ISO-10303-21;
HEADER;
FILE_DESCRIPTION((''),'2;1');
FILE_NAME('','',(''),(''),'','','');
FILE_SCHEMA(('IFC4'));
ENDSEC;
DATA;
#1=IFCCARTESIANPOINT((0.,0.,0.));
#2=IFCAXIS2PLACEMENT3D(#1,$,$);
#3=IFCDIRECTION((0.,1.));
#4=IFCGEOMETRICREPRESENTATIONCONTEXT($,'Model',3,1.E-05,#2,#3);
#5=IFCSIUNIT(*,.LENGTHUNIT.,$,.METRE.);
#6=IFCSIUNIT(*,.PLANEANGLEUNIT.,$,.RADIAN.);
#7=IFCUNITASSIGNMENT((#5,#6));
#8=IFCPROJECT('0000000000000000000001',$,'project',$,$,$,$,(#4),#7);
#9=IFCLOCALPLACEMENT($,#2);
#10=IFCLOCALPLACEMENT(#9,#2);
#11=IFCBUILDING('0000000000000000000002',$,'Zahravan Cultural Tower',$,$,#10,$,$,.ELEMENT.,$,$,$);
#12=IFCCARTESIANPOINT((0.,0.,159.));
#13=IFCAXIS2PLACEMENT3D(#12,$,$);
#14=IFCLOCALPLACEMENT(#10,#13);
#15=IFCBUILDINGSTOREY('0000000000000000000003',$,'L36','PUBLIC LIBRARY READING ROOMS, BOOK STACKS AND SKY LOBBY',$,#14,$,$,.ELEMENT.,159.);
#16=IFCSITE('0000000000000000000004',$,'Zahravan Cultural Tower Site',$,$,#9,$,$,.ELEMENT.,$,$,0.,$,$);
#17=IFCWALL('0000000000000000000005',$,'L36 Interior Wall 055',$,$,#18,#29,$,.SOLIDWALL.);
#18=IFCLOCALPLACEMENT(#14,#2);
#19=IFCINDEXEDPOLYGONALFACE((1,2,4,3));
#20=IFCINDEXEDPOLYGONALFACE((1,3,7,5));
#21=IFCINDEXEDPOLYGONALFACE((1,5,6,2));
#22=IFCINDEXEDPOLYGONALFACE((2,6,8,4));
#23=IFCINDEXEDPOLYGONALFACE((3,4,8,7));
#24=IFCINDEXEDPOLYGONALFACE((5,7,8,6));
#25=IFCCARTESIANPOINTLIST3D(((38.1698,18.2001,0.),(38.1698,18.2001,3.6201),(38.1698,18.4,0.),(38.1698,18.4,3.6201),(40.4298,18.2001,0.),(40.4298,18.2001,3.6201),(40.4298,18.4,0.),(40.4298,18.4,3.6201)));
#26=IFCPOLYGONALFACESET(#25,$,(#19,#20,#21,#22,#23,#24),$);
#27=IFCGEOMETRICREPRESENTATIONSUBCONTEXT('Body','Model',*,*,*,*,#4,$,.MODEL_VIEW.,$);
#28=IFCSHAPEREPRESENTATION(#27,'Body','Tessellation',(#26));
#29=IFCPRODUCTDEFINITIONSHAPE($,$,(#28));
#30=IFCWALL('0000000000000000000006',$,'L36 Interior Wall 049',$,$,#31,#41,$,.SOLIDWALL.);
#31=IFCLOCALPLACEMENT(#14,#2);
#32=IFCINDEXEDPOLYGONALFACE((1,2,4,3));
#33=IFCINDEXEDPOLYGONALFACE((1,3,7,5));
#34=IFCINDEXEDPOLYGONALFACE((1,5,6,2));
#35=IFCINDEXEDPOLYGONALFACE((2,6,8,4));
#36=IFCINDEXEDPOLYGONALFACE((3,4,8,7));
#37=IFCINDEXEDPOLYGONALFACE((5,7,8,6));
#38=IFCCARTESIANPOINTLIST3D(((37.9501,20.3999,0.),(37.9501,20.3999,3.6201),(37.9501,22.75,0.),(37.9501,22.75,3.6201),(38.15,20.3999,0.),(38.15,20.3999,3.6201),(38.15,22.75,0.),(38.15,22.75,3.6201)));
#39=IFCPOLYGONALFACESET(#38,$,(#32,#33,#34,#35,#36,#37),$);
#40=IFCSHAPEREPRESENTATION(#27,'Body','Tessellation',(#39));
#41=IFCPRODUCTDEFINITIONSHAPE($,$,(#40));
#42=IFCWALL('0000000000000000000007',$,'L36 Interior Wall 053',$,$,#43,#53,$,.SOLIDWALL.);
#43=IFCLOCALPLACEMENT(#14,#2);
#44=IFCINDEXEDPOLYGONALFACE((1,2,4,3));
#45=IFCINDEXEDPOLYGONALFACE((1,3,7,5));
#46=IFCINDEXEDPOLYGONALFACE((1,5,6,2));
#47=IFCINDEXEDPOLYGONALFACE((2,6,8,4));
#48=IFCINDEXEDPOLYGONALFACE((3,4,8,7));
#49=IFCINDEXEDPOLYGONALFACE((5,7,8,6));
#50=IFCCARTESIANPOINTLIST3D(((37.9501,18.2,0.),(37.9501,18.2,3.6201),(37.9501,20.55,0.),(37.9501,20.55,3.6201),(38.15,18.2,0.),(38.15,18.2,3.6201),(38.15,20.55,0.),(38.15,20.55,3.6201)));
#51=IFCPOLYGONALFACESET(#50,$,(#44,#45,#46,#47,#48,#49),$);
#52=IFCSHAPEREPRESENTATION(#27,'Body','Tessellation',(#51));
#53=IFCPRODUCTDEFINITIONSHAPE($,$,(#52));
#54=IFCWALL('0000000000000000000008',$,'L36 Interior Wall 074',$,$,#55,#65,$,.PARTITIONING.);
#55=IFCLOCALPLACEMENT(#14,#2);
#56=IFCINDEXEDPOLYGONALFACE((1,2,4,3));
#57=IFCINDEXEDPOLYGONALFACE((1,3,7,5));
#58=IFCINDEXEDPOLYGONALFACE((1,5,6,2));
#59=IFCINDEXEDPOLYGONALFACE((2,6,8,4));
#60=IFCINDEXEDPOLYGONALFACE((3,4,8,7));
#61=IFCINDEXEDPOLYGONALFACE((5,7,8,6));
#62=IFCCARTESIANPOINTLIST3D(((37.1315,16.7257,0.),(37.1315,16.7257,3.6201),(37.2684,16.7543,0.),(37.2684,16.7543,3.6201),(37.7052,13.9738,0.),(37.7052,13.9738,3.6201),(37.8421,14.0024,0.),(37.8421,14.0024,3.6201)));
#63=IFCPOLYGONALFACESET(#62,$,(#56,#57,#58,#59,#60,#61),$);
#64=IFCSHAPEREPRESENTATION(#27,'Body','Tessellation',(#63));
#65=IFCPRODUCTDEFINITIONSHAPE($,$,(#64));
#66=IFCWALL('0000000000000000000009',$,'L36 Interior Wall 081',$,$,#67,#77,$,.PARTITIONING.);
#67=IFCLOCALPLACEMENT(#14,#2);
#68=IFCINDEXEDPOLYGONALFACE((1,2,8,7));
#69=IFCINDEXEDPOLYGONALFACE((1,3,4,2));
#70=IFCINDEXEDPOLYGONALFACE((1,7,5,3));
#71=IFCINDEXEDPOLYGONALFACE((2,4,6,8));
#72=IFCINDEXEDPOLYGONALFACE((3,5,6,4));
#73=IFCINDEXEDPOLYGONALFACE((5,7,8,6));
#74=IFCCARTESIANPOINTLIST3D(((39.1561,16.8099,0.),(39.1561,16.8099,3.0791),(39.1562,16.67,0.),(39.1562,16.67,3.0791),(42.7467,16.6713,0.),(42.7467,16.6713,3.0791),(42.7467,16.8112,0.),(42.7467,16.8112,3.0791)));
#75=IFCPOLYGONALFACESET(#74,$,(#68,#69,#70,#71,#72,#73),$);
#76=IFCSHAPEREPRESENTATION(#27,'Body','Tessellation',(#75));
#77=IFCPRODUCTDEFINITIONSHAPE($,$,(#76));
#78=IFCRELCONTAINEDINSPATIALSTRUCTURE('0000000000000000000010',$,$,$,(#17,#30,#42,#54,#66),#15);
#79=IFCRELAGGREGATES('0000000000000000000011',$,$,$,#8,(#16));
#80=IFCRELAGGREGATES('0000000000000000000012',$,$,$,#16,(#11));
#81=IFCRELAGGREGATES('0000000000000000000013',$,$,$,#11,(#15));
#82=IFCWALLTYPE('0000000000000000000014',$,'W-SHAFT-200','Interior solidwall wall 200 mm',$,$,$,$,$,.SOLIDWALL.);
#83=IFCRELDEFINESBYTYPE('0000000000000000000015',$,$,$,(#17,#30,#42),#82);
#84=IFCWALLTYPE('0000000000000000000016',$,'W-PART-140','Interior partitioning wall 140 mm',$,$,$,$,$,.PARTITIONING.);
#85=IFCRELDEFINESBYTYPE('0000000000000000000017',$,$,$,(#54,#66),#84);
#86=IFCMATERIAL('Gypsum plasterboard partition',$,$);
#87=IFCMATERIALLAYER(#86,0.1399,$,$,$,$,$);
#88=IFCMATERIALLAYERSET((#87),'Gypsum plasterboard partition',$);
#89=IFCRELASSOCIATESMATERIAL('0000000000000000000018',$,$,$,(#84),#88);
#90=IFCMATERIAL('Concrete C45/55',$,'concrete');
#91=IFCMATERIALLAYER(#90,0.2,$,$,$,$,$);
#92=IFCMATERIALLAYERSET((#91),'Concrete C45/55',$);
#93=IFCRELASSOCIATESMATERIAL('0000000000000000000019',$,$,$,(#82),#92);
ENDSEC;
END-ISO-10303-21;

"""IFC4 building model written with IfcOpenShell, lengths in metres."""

from ifc_helpers import new_model, si_unit, direction, frame, frame_2d, origin, place, context, subcontext, project, spatial, rectangle, extrude, source, transform, mapped, material, layer, layer_set, type_object, element, save


model = new_model("IFC4")

# Units and contexts
model_context = context("Model", 3, precision=1e-05, world=origin(), true_north=direction((0.0, 1.0)))
body_context = subcontext(model_context, "Body", "Model", "MODEL_VIEW")
ifc_project = project(units=[si_unit("LENGTHUNIT", "METRE"), si_unit("PLANEANGLEUNIT", "RADIAN")], contexts=[model_context])

# Site, building, storey
site_placement = place(None, origin())
site = spatial("IfcSite", under=ifc_project, at=site_placement, Name="Zahravan Cultural Tower Site", CompositionType="ELEMENT", RefElevation=0.0)
building_placement = place(site_placement, origin())
building = spatial("IfcBuilding", under=site, at=building_placement, Name="Zahravan Cultural Tower", CompositionType="ELEMENT")
storey_placement = place(building_placement, frame((0.0, 0.0, 159.0)))
storey = spatial("IfcBuildingStorey", under=building, at=storey_placement, Name="L36", Description="PUBLIC LIBRARY READING ROOMS, BOOK STACKS AND SKY LOBBY", CompositionType="ELEMENT", Elevation=159.0)

# Shared definitions
ifc_material_1 = material(Name="Gypsum plasterboard partition")
ifc_layer_1 = layer(ifc_material_1, 0.1399)
ifc_layer_set_1 = layer_set([ifc_layer_1], Name="Gypsum plasterboard partition")
wall_type_1 = type_object("IfcWallType", Name="W-PART-140", Description="Interior partitioning wall 140 mm", PredefinedType="PARTITIONING", material=ifc_layer_set_1)
ifc_material_2 = material(Name="Concrete C45/55", Category="concrete")
ifc_layer_2 = layer(ifc_material_2, 0.2)
ifc_layer_set_2 = layer_set([ifc_layer_2], Name="Concrete C45/55")
wall_type_2 = type_object("IfcWallType", Name="W-SHAFT-200", Description="Interior solidwall wall 200 mm", PredefinedType="SOLIDWALL", material=ifc_layer_set_2)

# Walls
shared_shape_1 = source(origin(), body_context, "Body", "SweptSolid", [
    extrude(rectangle(XDim=2.26, YDim=0.2, at=frame_2d((1.1299, 0.0))), origin(), (0.0, 0.0, 1.0), 3.6201),
])
for number, where, z_axis, x_axis, name in (
    (1, (38.1699, 18.3, 0.0), (0.0, 0.0, 1.0), (1.0, 0.0, 0.0), "L36 Interior Wall 055"),
):
    element("IfcWall", number, at=place(storey_placement, frame(where, z_axis=z_axis, x_axis=x_axis)), inside=storey, type_object=wall_type_2, Name=name, PredefinedType="SOLIDWALL", context=body_context, shape_type="MappedRepresentation", body=[
        mapped(shared_shape_1, transform((0.0, 0.0, 0.0), x_axis=(1.0, 0.0, 0.0), y_axis=(0.0, 1.0, 0.0), z_axis=(0.0, 0.0, 1.0), scale=1.0)),
    ])
shared_shape_2 = source(origin(), body_context, "Body", "SweptSolid", [
    extrude(rectangle(XDim=2.3501, YDim=0.2, at=frame_2d((1.175, 0.0))), origin(), (0.0, 0.0, 1.0), 3.6201),
])
for number, where, z_axis, x_axis, name in (
    (2, (38.05, 20.3999, 0.0), (0.0, 0.0, 1.0), (0.0, 1.0, 0.0), "L36 Interior Wall 049"),
    (3, (38.05, 18.2, 0.0), (0.0, 0.0, 1.0), (0.0, 1.0, 0.0), "L36 Interior Wall 053"),
):
    element("IfcWall", number, at=place(storey_placement, frame(where, z_axis=z_axis, x_axis=x_axis)), inside=storey, type_object=wall_type_2, Name=name, PredefinedType="SOLIDWALL", context=body_context, shape_type="MappedRepresentation", body=[
        mapped(shared_shape_2, transform((0.0, 0.0, 0.0), x_axis=(1.0, 0.0, 0.0), y_axis=(0.0, 1.0, 0.0), z_axis=(0.0, 0.0, 1.0), scale=1.0)),
    ])
shared_shape_3 = source(origin(), body_context, "Body", "SweptSolid", [
    extrude(rectangle(XDim=2.811, YDim=0.1399, at=frame_2d((1.4055, 0.0))), origin(), (0.0, 0.0, 1.0), 3.6201),
])
wall_1_placement = place(storey_placement, frame((37.2, 16.74, 0.0), z_axis=(0.0, 0.0, 1.0), x_axis=(0.204093, -0.978952, 0.0)))
element("IfcWall", 4, at=wall_1_placement, inside=storey, type_object=wall_type_1, Name="L36 Interior Wall 074", PredefinedType="PARTITIONING", context=body_context, shape_type="MappedRepresentation", body=[
    mapped(shared_shape_3, transform((0.0, 0.0, 0.0), x_axis=(1.0, 0.0, 0.0), y_axis=(0.0, 1.0, 0.0), z_axis=(0.0, 0.0, 1.0), scale=1.0)),
])
shared_shape_4 = source(origin(), body_context, "Body", "SweptSolid", [
    extrude(rectangle(XDim=3.5906, YDim=0.1399, at=frame_2d((1.7954, 0.0))), origin(), (0.0, 0.0, 1.0), 3.0791),
])
wall_2_placement = place(storey_placement, frame((39.156, 16.74, 0.0), z_axis=(0.0, 0.0, 1.0), x_axis=(1.0, 0.00034, 0.0)))
element("IfcWall", 5, at=wall_2_placement, inside=storey, type_object=wall_type_1, Name="L36 Interior Wall 081", PredefinedType="PARTITIONING", context=body_context, shape_type="MappedRepresentation", body=[
    mapped(shared_shape_4, transform((0.0, 0.0, 0.0), x_axis=(1.0, 0.0, 0.0), y_axis=(0.0, 1.0, 0.0), z_axis=(0.0, 0.0, 1.0), scale=1.0)),
])

save(model, "model.ifc")
